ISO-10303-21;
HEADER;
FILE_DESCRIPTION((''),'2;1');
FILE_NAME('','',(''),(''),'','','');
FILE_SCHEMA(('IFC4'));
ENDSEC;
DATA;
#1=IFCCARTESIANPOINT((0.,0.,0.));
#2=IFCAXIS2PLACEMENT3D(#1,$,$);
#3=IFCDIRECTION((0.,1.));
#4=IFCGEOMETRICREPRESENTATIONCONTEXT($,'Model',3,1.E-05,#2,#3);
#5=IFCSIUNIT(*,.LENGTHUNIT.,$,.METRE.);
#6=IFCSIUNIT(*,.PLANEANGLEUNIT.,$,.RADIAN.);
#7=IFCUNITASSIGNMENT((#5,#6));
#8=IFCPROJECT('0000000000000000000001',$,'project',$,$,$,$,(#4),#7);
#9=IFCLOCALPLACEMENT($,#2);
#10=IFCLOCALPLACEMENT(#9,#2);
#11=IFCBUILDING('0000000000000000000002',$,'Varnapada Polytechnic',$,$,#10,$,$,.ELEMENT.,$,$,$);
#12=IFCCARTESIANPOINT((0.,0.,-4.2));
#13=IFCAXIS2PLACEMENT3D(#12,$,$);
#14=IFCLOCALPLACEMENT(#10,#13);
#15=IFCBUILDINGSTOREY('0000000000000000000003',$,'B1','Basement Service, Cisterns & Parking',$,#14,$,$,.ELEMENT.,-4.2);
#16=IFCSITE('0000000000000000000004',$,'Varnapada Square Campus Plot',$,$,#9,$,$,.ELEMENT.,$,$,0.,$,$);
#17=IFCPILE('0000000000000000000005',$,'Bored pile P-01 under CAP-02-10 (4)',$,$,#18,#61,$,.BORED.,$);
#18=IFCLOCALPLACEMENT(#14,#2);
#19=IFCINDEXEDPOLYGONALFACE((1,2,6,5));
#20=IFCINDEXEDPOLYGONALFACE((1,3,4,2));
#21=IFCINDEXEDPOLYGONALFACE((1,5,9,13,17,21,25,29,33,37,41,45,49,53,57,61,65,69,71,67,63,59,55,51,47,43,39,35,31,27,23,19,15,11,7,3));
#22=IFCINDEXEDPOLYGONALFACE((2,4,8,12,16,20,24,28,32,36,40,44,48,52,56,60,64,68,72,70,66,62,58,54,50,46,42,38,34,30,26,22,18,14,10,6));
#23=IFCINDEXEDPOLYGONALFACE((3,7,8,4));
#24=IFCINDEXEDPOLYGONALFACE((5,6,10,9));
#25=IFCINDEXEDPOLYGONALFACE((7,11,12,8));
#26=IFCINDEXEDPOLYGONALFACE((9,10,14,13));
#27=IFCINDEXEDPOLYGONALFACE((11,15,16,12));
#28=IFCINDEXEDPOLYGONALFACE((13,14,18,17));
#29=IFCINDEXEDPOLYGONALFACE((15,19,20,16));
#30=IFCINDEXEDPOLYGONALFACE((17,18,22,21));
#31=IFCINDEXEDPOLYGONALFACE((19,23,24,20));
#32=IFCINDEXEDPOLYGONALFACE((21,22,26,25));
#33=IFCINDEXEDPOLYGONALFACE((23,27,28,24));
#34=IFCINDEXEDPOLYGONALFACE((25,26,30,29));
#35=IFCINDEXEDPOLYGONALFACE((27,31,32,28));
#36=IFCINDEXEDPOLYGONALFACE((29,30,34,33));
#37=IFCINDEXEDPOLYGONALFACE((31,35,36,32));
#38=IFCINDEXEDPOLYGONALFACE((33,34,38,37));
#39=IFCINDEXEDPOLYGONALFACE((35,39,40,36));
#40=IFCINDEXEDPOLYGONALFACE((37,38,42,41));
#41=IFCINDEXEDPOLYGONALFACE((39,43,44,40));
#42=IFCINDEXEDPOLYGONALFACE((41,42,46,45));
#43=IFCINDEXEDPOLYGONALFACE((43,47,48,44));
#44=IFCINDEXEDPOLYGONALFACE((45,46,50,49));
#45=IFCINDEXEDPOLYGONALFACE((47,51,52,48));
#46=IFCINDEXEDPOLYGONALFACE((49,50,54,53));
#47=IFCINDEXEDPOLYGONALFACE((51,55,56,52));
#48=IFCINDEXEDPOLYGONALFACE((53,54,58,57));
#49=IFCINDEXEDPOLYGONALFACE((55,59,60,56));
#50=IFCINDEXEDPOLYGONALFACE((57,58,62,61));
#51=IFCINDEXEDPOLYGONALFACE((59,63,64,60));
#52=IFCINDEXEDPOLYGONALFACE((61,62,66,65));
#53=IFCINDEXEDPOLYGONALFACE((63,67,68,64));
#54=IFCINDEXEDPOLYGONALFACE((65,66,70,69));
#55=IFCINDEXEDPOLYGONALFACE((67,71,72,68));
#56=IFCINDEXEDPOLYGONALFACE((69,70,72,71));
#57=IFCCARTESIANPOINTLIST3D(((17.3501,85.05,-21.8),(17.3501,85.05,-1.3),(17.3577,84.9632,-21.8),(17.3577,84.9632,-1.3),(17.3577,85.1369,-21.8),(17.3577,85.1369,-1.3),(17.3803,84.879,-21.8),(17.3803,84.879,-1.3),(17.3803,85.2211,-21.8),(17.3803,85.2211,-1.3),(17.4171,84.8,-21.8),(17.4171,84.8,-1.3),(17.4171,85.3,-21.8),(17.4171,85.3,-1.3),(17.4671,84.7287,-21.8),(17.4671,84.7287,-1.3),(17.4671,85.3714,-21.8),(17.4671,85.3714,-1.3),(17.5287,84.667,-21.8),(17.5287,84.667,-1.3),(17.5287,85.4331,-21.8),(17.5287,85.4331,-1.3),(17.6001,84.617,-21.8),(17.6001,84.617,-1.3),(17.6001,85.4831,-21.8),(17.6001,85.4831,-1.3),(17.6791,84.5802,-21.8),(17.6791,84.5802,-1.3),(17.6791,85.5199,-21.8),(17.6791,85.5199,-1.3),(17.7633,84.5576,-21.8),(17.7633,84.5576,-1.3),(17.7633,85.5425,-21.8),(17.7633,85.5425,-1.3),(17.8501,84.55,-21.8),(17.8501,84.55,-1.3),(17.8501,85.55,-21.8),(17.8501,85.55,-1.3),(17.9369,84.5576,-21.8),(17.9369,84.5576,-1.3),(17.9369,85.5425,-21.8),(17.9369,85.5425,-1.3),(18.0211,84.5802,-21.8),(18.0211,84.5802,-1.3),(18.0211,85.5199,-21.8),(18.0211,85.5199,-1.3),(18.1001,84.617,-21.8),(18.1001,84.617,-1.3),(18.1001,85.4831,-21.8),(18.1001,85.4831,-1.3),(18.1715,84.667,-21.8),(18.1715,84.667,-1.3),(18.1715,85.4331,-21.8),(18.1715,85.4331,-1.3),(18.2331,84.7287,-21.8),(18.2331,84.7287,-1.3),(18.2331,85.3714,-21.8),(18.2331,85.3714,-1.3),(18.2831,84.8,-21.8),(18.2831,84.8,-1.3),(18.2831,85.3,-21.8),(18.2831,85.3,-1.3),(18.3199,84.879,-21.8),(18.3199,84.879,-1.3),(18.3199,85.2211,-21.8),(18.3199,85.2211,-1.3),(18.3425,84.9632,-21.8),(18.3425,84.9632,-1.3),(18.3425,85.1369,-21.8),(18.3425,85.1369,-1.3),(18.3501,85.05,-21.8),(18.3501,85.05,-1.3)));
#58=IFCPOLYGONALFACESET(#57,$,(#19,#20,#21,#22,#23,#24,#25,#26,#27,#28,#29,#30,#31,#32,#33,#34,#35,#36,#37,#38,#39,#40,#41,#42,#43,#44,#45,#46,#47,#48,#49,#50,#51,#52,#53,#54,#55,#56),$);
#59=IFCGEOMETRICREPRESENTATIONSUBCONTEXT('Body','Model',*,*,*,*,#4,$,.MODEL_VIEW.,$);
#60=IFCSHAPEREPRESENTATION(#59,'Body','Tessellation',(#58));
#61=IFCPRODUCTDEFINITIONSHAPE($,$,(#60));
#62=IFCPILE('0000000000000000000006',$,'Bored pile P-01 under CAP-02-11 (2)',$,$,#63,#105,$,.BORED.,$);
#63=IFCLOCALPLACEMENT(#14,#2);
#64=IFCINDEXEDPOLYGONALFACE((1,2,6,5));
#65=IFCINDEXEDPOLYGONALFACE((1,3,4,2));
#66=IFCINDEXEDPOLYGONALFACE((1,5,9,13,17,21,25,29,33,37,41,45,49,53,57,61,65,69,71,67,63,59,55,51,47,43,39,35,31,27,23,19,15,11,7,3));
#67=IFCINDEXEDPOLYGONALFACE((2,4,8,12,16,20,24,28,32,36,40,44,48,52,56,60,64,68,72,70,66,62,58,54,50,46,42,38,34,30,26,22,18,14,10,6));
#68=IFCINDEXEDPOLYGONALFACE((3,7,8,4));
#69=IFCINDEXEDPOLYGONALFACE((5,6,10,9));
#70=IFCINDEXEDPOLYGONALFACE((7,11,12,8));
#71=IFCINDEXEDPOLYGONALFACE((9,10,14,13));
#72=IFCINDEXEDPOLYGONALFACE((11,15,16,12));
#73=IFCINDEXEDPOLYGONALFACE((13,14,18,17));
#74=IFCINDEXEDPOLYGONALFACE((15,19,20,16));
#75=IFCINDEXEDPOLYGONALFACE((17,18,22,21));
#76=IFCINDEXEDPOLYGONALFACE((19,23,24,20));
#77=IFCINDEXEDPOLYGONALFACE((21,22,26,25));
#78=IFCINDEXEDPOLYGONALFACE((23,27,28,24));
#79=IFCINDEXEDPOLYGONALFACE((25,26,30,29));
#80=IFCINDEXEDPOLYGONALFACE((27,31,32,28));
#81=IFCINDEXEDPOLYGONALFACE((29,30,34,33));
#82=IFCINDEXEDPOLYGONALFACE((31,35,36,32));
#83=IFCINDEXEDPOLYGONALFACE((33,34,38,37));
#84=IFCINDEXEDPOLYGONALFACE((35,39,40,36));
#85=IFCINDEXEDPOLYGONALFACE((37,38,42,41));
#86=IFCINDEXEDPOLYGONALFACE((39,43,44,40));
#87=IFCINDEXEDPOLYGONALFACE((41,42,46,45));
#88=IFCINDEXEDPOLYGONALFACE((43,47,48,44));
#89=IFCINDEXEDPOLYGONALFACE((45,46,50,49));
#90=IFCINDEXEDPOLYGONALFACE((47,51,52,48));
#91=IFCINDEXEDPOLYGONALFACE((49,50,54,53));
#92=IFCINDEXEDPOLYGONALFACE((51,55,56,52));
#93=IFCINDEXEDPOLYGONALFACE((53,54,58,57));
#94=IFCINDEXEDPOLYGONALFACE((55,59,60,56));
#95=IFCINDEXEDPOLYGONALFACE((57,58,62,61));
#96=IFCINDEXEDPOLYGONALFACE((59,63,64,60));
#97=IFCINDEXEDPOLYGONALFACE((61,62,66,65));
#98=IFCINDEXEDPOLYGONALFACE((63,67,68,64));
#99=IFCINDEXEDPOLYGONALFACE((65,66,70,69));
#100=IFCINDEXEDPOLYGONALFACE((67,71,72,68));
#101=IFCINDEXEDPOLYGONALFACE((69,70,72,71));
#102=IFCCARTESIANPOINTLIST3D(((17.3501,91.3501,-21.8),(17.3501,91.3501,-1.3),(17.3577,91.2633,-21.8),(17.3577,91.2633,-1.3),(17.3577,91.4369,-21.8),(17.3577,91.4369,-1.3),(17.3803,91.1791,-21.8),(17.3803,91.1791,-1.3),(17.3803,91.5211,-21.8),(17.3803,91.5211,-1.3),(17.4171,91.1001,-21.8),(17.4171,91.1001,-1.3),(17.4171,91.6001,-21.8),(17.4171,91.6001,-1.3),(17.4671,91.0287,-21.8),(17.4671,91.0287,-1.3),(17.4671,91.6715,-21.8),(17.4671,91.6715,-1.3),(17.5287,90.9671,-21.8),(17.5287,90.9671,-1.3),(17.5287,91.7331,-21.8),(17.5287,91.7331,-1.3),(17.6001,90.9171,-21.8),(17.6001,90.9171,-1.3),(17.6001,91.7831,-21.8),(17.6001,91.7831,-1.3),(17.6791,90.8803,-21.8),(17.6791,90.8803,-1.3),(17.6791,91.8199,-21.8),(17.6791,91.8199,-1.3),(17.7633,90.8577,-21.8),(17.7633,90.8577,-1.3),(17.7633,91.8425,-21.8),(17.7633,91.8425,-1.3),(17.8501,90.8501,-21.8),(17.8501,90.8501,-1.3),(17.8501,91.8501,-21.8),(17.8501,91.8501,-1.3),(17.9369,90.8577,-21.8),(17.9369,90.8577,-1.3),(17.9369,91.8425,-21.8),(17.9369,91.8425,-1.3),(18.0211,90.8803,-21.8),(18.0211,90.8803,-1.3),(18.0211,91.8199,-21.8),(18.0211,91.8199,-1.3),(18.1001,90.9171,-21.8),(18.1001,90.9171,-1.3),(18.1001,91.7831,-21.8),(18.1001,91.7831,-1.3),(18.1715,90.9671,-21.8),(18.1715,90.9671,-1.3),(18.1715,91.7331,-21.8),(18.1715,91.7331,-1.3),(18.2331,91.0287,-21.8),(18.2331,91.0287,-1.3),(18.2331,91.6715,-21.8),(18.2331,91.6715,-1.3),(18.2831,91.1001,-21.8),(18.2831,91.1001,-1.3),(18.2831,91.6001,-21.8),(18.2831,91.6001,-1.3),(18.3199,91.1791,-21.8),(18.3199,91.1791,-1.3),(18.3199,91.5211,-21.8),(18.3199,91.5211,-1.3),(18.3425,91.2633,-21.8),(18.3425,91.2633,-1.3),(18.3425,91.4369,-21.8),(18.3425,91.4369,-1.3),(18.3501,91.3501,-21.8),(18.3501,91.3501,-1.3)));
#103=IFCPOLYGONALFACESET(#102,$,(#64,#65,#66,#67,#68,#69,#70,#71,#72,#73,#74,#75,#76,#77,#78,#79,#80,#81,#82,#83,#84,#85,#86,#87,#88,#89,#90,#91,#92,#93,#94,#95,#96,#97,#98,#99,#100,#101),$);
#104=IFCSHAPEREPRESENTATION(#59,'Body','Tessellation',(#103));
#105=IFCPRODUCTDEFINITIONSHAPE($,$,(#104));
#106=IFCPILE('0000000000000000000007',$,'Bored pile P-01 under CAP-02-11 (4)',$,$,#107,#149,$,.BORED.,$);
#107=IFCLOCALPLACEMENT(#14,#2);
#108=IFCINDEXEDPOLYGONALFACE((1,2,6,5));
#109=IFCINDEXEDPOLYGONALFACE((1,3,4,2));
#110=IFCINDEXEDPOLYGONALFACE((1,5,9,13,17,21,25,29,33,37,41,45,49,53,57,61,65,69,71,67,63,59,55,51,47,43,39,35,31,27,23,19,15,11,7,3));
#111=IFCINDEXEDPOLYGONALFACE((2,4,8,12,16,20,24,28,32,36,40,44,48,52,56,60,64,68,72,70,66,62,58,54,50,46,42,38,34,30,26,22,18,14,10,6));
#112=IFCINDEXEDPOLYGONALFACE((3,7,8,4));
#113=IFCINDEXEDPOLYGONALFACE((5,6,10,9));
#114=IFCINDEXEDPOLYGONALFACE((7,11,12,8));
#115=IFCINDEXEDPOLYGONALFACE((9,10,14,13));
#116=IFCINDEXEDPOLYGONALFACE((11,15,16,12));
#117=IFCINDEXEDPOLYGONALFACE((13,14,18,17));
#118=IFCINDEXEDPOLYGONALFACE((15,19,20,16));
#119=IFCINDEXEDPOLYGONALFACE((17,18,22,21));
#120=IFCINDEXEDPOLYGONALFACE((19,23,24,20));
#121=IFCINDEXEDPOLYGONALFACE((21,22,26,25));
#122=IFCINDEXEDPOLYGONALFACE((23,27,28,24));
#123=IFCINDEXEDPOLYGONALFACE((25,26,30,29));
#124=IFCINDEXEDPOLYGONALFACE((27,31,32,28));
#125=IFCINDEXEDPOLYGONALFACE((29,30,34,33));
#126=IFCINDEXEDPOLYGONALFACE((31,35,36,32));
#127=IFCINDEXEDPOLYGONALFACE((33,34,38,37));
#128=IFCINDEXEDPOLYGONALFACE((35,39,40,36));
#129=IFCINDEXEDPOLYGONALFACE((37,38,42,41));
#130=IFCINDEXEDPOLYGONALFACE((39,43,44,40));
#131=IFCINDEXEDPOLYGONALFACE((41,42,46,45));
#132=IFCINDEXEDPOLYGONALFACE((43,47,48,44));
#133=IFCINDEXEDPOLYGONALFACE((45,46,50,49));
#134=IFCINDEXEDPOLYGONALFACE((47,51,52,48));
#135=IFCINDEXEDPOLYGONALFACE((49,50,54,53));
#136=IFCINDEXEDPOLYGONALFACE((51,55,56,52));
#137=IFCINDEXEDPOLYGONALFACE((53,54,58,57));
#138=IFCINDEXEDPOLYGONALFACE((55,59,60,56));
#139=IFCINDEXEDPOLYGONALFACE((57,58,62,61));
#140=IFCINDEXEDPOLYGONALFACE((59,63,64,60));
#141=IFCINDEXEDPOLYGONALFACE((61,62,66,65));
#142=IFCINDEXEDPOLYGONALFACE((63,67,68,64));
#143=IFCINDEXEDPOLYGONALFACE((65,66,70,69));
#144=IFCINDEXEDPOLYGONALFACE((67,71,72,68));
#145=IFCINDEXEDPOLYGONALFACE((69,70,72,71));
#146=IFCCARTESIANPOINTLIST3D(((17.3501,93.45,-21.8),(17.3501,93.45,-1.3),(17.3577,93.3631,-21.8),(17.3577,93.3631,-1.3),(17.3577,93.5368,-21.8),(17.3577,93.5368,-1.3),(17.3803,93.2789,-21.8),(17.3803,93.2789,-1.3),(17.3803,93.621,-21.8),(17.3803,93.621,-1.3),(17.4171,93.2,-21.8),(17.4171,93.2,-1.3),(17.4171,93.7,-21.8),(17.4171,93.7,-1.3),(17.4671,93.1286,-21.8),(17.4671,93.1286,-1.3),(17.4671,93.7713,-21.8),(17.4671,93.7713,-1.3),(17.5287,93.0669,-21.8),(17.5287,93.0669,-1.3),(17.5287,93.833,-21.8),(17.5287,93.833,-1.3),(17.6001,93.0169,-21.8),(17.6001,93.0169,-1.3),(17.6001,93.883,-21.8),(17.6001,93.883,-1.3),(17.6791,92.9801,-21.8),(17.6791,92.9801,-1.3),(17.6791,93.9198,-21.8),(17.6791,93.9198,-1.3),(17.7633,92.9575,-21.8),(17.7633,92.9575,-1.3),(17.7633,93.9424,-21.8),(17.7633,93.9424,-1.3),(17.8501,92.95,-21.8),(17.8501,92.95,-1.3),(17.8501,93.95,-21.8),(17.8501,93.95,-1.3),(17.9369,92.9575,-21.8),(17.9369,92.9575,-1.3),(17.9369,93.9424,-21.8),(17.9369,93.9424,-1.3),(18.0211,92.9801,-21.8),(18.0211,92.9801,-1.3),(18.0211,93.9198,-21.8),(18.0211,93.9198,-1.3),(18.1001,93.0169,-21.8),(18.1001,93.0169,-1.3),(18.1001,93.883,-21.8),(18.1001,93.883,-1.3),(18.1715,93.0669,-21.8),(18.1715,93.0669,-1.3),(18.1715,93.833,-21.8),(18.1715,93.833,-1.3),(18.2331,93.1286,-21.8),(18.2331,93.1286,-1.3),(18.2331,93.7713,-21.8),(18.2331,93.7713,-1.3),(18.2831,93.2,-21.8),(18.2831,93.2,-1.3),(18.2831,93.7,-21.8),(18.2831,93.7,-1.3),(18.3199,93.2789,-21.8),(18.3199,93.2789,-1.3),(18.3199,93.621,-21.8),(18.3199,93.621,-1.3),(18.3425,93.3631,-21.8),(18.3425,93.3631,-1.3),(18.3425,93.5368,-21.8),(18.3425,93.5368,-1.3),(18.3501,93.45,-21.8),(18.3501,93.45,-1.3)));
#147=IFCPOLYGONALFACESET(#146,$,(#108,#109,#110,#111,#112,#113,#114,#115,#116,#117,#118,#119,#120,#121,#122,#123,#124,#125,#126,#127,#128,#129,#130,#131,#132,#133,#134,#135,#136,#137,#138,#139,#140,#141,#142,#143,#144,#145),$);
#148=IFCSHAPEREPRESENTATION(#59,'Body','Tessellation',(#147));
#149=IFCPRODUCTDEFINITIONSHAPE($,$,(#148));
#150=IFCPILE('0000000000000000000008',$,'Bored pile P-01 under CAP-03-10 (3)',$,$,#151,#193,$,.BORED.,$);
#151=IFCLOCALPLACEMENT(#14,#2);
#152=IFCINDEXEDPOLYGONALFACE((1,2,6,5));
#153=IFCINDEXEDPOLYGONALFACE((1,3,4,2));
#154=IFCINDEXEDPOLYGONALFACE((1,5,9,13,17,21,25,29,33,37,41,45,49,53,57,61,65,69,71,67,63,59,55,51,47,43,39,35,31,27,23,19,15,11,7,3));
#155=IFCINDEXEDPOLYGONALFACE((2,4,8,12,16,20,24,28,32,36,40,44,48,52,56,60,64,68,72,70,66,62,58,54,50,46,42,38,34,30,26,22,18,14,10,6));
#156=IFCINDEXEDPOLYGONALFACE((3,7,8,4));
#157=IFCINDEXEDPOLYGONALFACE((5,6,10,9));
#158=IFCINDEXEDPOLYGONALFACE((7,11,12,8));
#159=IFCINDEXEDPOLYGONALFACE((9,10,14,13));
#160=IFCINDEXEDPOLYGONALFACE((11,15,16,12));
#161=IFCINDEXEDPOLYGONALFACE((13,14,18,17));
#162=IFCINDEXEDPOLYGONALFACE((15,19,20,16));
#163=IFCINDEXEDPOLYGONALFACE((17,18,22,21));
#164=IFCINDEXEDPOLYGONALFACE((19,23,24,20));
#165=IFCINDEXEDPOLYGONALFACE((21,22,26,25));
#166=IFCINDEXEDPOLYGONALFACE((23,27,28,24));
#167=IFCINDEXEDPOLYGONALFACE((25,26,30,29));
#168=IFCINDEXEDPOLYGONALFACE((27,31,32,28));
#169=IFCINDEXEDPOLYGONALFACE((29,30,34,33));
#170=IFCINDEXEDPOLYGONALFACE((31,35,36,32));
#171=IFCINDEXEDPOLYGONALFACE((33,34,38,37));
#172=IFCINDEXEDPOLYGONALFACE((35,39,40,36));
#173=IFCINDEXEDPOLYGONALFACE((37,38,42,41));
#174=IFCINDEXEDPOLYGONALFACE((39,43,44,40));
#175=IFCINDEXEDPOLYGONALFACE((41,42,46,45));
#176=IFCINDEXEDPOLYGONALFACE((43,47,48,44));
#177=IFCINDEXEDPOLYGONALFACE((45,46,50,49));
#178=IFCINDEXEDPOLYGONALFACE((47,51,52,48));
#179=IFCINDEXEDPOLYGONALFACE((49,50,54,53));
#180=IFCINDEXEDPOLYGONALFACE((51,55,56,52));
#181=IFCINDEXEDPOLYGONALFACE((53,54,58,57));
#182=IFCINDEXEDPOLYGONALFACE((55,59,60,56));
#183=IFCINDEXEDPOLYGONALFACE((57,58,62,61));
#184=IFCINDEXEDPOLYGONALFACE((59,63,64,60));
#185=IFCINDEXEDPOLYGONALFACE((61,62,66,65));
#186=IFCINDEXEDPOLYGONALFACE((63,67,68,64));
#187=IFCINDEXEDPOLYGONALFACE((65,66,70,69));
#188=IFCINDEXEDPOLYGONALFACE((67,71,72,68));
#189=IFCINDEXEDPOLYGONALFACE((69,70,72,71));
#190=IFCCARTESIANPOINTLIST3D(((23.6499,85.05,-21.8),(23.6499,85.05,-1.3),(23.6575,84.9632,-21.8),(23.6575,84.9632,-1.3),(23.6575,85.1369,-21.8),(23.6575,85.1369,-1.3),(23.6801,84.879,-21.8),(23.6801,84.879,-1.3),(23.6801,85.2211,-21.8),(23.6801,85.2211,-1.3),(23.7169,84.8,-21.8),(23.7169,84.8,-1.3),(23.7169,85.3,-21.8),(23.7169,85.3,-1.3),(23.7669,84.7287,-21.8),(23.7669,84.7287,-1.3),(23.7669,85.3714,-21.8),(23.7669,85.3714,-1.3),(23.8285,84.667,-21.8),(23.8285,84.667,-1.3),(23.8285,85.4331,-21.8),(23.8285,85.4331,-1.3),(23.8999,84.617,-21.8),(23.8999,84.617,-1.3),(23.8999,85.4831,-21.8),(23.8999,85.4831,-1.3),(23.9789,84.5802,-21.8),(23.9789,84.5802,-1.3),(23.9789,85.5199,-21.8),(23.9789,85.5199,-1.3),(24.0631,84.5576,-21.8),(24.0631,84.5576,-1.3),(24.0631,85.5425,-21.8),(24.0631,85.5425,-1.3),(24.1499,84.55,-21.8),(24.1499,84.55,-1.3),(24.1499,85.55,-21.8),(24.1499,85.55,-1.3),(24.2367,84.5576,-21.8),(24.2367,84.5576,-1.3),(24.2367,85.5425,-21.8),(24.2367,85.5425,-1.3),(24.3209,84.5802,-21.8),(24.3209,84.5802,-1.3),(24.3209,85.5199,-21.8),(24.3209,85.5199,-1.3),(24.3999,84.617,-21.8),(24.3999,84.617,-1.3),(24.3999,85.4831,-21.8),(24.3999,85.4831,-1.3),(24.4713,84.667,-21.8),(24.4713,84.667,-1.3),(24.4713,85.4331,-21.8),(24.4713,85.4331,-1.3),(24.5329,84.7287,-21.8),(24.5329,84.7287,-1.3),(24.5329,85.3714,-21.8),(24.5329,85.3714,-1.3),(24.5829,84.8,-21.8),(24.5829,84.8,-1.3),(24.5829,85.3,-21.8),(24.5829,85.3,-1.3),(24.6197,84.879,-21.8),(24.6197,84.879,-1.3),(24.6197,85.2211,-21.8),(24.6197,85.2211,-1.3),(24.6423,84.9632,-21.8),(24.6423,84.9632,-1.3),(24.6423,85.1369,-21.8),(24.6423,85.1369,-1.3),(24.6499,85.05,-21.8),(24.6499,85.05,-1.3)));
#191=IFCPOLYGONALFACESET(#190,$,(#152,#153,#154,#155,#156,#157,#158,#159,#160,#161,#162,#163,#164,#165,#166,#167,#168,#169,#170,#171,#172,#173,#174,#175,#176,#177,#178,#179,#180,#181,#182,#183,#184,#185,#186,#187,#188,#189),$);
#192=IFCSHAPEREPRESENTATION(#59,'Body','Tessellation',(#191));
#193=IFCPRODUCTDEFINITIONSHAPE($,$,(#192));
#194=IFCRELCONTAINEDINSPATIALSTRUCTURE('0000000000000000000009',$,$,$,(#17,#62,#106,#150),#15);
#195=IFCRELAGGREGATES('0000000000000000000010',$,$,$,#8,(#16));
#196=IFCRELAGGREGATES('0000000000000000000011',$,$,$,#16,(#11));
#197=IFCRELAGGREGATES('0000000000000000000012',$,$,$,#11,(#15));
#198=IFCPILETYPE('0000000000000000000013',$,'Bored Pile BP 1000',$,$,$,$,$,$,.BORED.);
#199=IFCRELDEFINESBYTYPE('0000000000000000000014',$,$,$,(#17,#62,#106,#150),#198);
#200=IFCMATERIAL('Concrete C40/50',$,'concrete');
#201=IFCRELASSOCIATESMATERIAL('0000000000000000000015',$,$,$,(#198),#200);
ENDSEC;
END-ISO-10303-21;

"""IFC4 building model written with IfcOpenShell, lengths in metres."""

from ifc_helpers import new_model, si_unit, direction, frame, origin, origin_2d, place, context, subcontext, project, spatial, circle, extrude, material, material_profile, profile_set, type_object, element, save


model = new_model("IFC4")

# Units and contexts
model_context = context("Model", 3, precision=1e-05, world=origin(), true_north=direction((0.0, 1.0)))
body_context = subcontext(model_context, "Body", "Model", "MODEL_VIEW")
ifc_project = project(units=[si_unit("LENGTHUNIT", "METRE"), si_unit("PLANEANGLEUNIT", "RADIAN")], contexts=[model_context])

# Site, building, storey
site_placement = place(None, origin())
site = spatial("IfcSite", under=ifc_project, at=site_placement, Name="Varnapada Square Campus Plot", CompositionType="ELEMENT", RefElevation=0.0)
building_placement = place(site_placement, origin())
building = spatial("IfcBuilding", under=site, at=building_placement, Name="Varnapada Polytechnic", CompositionType="ELEMENT")
storey_placement = place(building_placement, frame((0.0, 0.0, -4.2)))
storey = spatial("IfcBuildingStorey", under=building, at=storey_placement, Name="B1", Description="Basement Service, Cisterns & Parking", CompositionType="ELEMENT", Elevation=-4.2)

# Piles
ifc_material_1 = material(Name="Concrete C40/50", Category="concrete")
ifc_material_profile_1 = material_profile(ifc_material_1, circle(Radius=0.5, at=origin_2d()), Name="BP 1000")
ifc_profile_set_1 = profile_set([ifc_material_profile_1], Name="Concrete C40/50")
pile_type_1 = type_object("IfcPileType", Name="Bored Pile BP 1000", PredefinedType="BORED", material=ifc_profile_set_1)
for number, where, z_axis, x_axis, name in (
    (1, (17.8501, 85.05, -1.3), (0.0, 0.0, -1.0), (1.0, 0.0, 0.0), "Bored pile P-01 under CAP-02-10 (4)"),
    (2, (17.8501, 91.3501, -1.3), (0.0, 0.0, -1.0), (1.0, 0.0, 0.0), "Bored pile P-01 under CAP-02-11 (2)"),
    (3, (17.8501, 93.45, -1.3), (0.0, 0.0, -1.0), (1.0, 0.0, 0.0), "Bored pile P-01 under CAP-02-11 (4)"),
    (4, (24.1499, 85.05, -1.3), (0.0, 0.0, -1.0), (1.0, 0.0, 0.0), "Bored pile P-01 under CAP-03-10 (3)"),
):
    element("IfcPile", number, at=place(storey_placement, frame(where, z_axis=z_axis, x_axis=x_axis)), inside=storey, type_object=pile_type_1, Name=name, PredefinedType="BORED", context=body_context, shape_type="SweptSolid", body=[
        extrude(circle(Radius=0.5, at=origin_2d()), origin(), (0.0, 0.0, 1.0), 20.5),
    ])

save(model, "model.ifc")
